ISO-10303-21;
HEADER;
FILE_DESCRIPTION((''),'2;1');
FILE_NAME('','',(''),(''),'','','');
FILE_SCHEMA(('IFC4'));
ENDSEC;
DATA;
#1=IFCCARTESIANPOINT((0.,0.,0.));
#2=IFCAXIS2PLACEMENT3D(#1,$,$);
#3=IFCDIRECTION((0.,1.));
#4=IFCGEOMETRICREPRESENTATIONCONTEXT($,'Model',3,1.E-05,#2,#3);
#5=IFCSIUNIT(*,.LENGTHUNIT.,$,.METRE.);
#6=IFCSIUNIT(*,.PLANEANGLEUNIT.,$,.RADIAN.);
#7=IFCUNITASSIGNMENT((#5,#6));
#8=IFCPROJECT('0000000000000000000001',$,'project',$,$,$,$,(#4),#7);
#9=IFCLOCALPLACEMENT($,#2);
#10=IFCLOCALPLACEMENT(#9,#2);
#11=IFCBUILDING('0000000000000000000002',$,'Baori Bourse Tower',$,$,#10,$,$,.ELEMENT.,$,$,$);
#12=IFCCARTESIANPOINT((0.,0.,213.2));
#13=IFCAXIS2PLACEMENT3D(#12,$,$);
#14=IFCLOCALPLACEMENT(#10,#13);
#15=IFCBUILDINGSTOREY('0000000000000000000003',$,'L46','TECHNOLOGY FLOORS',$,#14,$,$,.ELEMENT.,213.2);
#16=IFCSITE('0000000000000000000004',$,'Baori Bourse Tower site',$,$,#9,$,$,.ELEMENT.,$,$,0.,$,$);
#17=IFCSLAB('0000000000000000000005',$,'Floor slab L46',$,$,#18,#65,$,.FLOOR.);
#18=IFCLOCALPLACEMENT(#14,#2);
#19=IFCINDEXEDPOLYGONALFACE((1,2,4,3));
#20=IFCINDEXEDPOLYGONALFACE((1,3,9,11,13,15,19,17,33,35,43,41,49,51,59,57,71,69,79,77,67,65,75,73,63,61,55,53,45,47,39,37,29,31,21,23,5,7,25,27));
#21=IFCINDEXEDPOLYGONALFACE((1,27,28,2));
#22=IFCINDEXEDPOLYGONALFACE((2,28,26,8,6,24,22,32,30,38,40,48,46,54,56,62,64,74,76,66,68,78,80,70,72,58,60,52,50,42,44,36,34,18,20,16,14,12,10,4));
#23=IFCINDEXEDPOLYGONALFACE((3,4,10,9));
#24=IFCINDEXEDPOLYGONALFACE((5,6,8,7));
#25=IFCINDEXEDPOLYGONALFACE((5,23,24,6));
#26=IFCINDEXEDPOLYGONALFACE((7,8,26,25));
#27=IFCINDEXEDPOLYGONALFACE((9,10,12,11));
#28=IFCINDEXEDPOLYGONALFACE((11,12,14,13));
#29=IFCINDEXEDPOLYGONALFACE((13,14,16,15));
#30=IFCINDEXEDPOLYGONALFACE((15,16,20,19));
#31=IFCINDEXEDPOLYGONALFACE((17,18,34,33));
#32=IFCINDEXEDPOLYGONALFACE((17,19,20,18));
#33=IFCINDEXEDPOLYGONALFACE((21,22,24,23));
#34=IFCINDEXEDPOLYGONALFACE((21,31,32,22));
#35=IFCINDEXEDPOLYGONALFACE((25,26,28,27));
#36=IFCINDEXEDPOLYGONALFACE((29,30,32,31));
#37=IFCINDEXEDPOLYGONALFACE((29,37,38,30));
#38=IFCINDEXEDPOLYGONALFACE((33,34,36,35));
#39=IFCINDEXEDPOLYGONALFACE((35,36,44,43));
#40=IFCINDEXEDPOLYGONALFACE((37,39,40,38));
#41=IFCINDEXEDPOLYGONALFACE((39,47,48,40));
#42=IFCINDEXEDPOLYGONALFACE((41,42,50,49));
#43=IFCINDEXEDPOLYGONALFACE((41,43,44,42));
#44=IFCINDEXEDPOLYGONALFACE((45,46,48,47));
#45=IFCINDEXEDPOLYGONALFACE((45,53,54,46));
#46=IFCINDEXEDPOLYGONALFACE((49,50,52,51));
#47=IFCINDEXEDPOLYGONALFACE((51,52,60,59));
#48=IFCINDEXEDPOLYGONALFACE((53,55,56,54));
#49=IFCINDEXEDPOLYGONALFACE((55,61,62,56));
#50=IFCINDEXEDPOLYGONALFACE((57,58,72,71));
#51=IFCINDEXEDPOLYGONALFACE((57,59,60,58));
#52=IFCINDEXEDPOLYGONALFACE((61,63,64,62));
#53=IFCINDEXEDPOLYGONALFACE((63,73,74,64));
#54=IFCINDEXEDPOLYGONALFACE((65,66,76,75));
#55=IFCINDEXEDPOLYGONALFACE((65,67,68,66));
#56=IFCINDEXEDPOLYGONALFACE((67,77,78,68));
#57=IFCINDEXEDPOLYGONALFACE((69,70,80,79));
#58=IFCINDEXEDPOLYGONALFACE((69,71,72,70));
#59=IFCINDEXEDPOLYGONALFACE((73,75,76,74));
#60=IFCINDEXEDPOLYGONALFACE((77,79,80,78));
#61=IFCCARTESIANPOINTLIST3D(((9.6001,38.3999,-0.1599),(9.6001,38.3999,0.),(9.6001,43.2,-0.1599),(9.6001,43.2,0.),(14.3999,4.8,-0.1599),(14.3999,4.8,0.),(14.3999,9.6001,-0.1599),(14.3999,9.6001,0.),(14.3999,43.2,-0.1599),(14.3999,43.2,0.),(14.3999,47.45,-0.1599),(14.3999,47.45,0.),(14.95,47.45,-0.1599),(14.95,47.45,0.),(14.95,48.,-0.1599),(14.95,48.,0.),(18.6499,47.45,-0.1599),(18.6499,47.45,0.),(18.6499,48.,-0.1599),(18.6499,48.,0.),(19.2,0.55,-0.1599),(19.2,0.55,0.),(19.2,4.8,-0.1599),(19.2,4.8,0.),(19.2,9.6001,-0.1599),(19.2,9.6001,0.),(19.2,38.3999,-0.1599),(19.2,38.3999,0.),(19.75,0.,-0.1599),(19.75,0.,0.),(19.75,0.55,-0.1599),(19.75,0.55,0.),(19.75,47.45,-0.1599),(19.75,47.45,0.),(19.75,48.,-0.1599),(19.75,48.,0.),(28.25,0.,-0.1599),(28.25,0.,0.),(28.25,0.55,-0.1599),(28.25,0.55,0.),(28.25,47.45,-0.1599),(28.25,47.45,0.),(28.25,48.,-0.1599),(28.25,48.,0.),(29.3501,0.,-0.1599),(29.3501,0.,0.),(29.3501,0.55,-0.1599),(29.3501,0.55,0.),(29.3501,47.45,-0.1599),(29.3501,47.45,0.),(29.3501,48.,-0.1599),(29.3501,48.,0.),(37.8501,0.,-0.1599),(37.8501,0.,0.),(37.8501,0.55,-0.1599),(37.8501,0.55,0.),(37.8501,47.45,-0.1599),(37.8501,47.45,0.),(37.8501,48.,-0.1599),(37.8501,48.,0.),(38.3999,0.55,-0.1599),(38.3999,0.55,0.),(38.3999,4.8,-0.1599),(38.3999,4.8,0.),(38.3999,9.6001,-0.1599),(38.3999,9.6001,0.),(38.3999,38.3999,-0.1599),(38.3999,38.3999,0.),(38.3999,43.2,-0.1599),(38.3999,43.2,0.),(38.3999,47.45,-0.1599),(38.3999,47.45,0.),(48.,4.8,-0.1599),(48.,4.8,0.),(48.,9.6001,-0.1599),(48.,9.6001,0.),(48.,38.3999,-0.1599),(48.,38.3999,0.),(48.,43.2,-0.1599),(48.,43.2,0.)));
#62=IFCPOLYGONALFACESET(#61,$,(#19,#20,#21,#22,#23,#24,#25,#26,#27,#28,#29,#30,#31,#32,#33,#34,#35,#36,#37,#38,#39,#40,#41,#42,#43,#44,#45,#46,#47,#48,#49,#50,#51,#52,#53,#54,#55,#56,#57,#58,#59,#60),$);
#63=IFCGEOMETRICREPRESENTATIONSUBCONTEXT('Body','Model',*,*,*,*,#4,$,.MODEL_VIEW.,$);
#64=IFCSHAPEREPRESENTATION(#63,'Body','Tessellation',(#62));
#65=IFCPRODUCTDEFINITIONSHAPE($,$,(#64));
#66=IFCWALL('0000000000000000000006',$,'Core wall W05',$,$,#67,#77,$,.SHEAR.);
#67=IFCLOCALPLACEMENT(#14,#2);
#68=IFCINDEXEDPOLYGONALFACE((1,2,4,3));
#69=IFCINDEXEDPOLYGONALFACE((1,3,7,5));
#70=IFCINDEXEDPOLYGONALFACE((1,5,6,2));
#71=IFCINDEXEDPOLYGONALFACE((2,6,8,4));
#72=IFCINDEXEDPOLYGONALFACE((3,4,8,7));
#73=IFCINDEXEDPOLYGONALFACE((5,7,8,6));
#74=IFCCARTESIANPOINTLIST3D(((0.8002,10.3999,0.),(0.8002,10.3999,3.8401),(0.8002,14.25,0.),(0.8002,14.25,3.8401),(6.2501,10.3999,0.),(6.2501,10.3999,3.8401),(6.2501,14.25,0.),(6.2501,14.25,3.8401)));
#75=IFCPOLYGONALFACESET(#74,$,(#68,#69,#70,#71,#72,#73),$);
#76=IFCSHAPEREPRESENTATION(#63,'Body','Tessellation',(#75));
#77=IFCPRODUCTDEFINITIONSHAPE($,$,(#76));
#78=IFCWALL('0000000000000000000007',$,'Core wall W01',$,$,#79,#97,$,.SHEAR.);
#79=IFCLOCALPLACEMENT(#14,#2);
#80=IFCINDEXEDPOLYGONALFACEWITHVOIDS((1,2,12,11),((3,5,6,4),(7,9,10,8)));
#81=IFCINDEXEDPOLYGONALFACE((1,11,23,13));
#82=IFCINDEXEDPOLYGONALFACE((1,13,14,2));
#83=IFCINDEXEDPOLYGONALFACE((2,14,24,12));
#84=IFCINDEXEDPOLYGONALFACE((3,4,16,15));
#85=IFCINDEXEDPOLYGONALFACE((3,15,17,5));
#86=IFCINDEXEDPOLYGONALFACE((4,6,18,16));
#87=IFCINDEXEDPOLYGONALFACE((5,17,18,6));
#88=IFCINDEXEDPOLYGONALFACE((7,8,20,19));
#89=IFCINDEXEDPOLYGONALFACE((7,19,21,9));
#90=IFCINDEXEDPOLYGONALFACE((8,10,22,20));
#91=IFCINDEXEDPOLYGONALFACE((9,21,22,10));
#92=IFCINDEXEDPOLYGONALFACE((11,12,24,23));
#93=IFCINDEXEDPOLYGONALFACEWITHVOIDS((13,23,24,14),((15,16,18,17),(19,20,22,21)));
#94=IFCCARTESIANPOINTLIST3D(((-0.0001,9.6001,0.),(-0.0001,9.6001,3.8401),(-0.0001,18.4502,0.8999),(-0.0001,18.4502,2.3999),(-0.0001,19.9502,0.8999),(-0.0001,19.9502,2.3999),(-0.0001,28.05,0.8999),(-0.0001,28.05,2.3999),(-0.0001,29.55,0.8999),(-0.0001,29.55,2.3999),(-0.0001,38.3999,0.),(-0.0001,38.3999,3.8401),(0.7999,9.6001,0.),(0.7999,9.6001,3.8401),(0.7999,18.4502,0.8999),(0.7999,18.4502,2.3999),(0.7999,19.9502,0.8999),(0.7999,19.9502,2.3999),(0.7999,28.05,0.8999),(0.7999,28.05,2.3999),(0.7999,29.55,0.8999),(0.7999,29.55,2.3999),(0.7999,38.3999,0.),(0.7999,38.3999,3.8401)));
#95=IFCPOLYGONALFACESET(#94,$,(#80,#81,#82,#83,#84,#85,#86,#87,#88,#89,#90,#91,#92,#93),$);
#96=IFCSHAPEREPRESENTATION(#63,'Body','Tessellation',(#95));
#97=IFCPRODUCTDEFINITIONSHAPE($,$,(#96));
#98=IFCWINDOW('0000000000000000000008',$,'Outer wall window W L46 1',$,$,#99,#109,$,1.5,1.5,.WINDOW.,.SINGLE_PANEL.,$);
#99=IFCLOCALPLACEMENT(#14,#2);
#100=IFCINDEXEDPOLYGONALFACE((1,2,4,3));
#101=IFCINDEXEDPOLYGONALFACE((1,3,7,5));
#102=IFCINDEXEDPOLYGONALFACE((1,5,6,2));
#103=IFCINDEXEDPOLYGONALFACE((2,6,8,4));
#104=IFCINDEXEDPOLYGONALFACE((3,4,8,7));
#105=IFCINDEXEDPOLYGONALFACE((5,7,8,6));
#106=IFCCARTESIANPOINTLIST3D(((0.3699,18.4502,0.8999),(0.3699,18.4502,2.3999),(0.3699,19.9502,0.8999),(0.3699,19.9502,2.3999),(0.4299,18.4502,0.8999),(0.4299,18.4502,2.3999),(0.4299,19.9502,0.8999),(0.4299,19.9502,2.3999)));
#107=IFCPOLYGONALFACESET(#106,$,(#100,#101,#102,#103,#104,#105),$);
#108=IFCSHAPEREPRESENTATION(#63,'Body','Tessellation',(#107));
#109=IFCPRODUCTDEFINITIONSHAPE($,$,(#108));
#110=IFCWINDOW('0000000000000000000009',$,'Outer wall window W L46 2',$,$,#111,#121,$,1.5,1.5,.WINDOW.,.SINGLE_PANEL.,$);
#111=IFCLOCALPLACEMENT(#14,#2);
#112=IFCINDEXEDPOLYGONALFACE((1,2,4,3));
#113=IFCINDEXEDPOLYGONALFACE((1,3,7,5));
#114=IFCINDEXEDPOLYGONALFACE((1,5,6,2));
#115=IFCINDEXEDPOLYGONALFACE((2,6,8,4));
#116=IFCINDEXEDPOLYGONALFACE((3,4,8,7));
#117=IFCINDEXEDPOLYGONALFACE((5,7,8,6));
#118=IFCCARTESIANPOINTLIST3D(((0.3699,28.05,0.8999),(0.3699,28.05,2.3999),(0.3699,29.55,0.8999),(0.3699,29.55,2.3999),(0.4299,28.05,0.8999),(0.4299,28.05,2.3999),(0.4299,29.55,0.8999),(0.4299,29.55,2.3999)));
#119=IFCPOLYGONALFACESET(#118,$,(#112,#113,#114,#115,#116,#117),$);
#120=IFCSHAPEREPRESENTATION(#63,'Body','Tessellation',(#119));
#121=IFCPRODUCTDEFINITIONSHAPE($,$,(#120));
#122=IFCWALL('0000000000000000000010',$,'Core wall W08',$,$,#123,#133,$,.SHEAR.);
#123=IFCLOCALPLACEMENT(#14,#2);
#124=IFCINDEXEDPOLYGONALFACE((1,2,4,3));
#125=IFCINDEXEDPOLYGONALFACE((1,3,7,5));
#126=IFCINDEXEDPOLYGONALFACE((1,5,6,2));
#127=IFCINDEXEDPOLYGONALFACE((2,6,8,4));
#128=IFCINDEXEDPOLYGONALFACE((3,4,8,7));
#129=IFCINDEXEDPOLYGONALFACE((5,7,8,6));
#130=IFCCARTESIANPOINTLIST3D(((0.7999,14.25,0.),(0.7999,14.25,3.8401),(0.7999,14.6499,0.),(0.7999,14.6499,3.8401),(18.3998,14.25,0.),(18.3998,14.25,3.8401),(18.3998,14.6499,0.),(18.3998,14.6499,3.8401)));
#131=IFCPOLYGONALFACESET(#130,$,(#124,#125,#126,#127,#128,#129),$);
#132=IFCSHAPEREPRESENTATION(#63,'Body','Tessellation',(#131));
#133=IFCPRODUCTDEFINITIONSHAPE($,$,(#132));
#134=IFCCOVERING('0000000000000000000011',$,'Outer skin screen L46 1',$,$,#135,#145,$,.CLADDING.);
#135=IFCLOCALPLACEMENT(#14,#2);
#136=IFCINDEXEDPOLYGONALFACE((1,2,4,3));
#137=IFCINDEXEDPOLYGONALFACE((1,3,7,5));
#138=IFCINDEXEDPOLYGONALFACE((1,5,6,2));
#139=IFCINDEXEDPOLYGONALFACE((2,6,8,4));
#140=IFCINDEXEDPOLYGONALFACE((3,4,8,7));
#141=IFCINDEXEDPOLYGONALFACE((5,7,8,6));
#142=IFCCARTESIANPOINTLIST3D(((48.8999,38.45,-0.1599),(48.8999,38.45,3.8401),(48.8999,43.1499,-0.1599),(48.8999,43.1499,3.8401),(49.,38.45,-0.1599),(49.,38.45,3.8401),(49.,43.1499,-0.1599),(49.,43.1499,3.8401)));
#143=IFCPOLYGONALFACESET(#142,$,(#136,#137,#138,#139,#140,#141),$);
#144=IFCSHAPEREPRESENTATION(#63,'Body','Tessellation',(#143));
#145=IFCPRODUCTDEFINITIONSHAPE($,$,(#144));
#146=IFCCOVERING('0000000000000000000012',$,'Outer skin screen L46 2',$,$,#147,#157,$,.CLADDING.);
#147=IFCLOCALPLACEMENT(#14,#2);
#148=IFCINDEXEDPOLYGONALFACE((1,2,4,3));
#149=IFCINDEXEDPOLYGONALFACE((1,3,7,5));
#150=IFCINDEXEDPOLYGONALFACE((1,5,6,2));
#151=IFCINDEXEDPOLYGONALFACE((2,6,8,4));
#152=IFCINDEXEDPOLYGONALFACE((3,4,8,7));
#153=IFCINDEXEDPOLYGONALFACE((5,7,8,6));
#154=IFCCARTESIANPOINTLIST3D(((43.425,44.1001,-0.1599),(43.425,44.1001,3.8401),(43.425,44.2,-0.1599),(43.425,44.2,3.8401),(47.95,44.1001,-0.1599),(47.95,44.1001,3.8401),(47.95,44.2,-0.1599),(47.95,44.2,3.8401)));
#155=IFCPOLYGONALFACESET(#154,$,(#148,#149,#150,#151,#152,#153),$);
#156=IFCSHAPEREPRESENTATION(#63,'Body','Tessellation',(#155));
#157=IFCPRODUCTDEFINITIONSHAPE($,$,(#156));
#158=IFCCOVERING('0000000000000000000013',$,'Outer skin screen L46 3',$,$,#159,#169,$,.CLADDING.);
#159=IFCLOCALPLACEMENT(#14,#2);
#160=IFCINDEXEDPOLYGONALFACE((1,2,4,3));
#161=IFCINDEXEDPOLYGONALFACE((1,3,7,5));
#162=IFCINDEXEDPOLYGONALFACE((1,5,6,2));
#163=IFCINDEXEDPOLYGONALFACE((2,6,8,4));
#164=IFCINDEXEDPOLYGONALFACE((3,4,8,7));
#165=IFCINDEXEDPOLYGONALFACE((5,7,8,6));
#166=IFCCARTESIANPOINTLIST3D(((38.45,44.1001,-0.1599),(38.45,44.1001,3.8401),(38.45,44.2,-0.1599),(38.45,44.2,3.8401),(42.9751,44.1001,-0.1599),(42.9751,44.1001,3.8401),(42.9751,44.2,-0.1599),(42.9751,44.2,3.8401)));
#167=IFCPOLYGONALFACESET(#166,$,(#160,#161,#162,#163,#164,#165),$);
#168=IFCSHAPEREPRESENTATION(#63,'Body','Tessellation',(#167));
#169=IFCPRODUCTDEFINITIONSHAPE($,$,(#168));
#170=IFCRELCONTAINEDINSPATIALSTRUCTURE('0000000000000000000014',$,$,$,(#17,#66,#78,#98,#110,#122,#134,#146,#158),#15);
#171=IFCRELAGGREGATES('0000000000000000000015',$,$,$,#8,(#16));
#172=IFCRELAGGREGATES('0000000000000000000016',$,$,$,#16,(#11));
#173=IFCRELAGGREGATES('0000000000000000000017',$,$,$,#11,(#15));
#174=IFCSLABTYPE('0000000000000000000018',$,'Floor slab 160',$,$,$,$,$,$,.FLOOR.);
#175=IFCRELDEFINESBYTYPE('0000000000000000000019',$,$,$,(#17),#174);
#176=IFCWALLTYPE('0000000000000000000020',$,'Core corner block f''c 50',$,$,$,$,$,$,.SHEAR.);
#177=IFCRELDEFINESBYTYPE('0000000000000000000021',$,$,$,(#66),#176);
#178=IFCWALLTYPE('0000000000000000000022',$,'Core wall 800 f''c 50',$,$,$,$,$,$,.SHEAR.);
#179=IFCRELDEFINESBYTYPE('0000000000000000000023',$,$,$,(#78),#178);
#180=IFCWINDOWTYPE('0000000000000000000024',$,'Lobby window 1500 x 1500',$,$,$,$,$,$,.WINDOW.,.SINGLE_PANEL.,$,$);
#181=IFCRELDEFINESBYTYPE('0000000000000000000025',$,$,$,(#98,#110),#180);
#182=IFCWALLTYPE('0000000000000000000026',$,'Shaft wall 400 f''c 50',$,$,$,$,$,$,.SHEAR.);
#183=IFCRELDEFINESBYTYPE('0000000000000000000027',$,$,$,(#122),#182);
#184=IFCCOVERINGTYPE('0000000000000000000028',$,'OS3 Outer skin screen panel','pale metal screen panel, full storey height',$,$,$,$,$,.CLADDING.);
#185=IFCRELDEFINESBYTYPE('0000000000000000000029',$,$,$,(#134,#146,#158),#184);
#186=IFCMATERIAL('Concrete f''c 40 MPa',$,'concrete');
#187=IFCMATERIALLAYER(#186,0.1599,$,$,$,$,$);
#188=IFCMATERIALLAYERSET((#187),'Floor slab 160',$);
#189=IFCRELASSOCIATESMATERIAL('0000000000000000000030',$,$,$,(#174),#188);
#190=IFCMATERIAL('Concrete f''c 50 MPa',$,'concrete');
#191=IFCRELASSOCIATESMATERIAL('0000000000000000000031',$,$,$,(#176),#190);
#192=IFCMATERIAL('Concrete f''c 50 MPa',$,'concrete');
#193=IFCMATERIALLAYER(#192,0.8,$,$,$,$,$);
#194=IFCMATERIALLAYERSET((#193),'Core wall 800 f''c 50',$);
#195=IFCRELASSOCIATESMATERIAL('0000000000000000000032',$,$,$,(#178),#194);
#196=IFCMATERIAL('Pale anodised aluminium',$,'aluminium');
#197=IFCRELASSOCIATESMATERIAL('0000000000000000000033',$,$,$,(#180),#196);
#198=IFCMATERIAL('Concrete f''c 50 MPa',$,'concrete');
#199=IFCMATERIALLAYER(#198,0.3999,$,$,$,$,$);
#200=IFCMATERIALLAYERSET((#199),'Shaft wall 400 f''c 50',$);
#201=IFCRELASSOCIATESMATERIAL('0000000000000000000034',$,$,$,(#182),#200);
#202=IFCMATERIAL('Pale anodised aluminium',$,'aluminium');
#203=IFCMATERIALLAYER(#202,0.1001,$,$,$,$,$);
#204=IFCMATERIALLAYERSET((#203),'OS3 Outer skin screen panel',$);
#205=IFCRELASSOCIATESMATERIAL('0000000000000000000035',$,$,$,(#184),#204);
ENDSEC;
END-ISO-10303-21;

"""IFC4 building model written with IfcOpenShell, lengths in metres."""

from ifc_helpers import new_model, si_unit, direction, frame, frame_2d, origin, place, context, subcontext, project, spatial, polyline, rectangle, outline, extrude, material, layer, layer_set, type_object, element, fill, save


model = new_model("IFC4")

# Units and contexts
model_context = context("Model", 3, precision=1e-05, world=origin(), true_north=direction((0.0, 1.0)))
body_context = subcontext(model_context, "Body", "Model", "MODEL_VIEW")
ifc_project = project(units=[si_unit("LENGTHUNIT", "METRE"), si_unit("PLANEANGLEUNIT", "RADIAN")], contexts=[model_context])

# Site, building, storey
site_placement = place(None, origin())
site = spatial("IfcSite", under=ifc_project, at=site_placement, Name="Baori Bourse Tower site", CompositionType="ELEMENT", RefElevation=0.0)
building_placement = place(site_placement, origin())
building = spatial("IfcBuilding", under=site, at=building_placement, Name="Baori Bourse Tower", CompositionType="ELEMENT")
storey_placement = place(building_placement, frame((0.0, 0.0, 213.2)))
storey = spatial("IfcBuildingStorey", under=building, at=storey_placement, Name="L46", Description="TECHNOLOGY FLOORS", CompositionType="ELEMENT", Elevation=213.2)

# Slab
ifc_material_1 = material(Name="Concrete f'c 40 MPa", Category="concrete")
ifc_layer_1 = layer(ifc_material_1, 0.1599)
ifc_layer_set_1 = layer_set([ifc_layer_1], Name="Floor slab 160")
slab_type_1 = type_object("IfcSlabType", Name="Floor slab 160", PredefinedType="FLOOR", material=ifc_layer_set_1)
slab_1_placement = place(storey_placement, frame((0.0, 0.0, -0.1599)))
element("IfcSlab", 1, at=slab_1_placement, inside=storey, type_object=slab_type_1, Name="Floor slab L46", PredefinedType="FLOOR", context=body_context, shape_type="SweptSolid", body=[
    extrude(outline(polyline([(19.2, 4.8), (14.3999, 4.8), (14.3999, 9.6001), (19.2, 9.6001), (19.2, 38.3999), (9.6001, 38.3999), (9.6001, 43.2), (14.3999, 43.2), (14.3999, 47.45), (14.95, 47.45), (14.95, 48.0), (18.6499, 48.0), (18.6499, 47.45), (19.75, 47.45), (19.75, 48.0), (28.25, 48.0), (28.25, 47.45), (29.3501, 47.45), (29.3501, 48.0), (37.8501, 48.0), (37.8501, 47.45), (38.3999, 47.45), (38.3999, 43.2), (48.0, 43.2), (48.0, 38.3999), (38.3999, 38.3999), (38.3999, 9.6001), (48.0, 9.6001), (48.0, 4.8), (38.3999, 4.8), (38.3999, 0.55), (37.8501, 0.55), (37.8501, 0.0), (29.3501, 0.0), (29.3501, 0.55), (28.25, 0.55), (28.25, 0.0), (19.75, 0.0), (19.75, 0.55), (19.2, 0.55), (19.2, 4.8)])), origin(), (0.0, 0.0, 1.0), 0.1599),
])

# Wall
ifc_material_2 = material(Name="Concrete f'c 50 MPa", Category="concrete")
wall_type_1 = type_object("IfcWallType", Name="Core corner block f'c 50", PredefinedType="SHEAR", material=ifc_material_2)
wall_1_placement = place(storey_placement, frame((0.8, 12.325, 0.0), z_axis=(0.0, 0.0, 1.0), x_axis=(1.0, 0.0, 0.0)))
element("IfcWall", 2, at=wall_1_placement, inside=storey, type_object=wall_type_1, Name="Core wall W05", PredefinedType="SHEAR", context=body_context, shape_type="SweptSolid", body=[
    extrude(rectangle(XDim=5.45, YDim=3.8501, at=frame_2d((2.7251, 0.0))), origin(), (0.0, 0.0, 1.0), 3.8401),
])

# Wall, openings, windows
ifc_material_3 = material(Name="Concrete f'c 50 MPa", Category="concrete")
ifc_layer_2 = layer(ifc_material_3, 0.8)
ifc_layer_set_2 = layer_set([ifc_layer_2], Name="Core wall 800 f'c 50")
wall_type_2 = type_object("IfcWallType", Name="Core wall 800 f'c 50", PredefinedType="SHEAR", material=ifc_layer_set_2)
wall_2_placement = place(storey_placement, frame((0.3999, 9.6001, 0.0), z_axis=(0.0, 0.0, 1.0), x_axis=(0.0, 1.0, 0.0)))
wall_2 = element("IfcWall", 3, at=wall_2_placement, inside=storey, type_object=wall_type_2, Name="Core wall W01", PredefinedType="SHEAR", context=body_context, shape_type="SweptSolid", body=[
    extrude(rectangle(XDim=28.7998, YDim=0.8, at=frame_2d((14.3999, 0.0))), origin(), (0.0, 0.0, 1.0), 3.8401),
])
opening_1_placement = place(wall_2_placement, frame((8.8501, 0.0, 0.8999)))
opening_1 = element("IfcOpeningElement", 4, at=opening_1_placement, cuts=wall_2, PredefinedType="OPENING", context=body_context, shape_type="SweptSolid", body=[
    extrude(rectangle(XDim=1.5, YDim=1.5, at=frame_2d((0.75, 0.75))), frame((0.0, 0.4099, 0.0), z_axis=(0.0, -1.0, 0.0), x_axis=(1.0, 0.0, 0.0)), (0.0, 0.0, 1.0), 0.8201),
])
opening_2_placement = place(wall_2_placement, frame((18.45, 0.0, 0.8999)))
opening_2 = element("IfcOpeningElement", 5, at=opening_2_placement, cuts=wall_2, PredefinedType="OPENING", context=body_context, shape_type="SweptSolid", body=[
    extrude(rectangle(XDim=1.5, YDim=1.5, at=frame_2d((0.75, 0.75))), frame((0.0, 0.4099, 0.0), z_axis=(0.0, -1.0, 0.0), x_axis=(1.0, 0.0, 0.0)), (0.0, 0.0, 1.0), 0.8201),
])
ifc_material_4 = material(Name="Pale anodised aluminium", Category="aluminium")
window_type = type_object("IfcWindowType", Name="Lobby window 1500 x 1500", PartitioningType="SINGLE_PANEL", PredefinedType="WINDOW", material=ifc_material_4)
window_1_placement = place(opening_1_placement, origin())
window_1 = element("IfcWindow", 6, at=window_1_placement, inside=storey, type_object=window_type, Name="Outer wall window W L46 1", OverallHeight=1.5, OverallWidth=1.5, PartitioningType="SINGLE_PANEL", PredefinedType="WINDOW", context=body_context, shape_type="SweptSolid", body=[
    extrude(rectangle(XDim=1.5, YDim=1.5, at=frame_2d((0.75, 0.75))), frame((0.0, 0.03, 0.0), z_axis=(0.0, -1.0, 0.0), x_axis=(1.0, 0.0, 0.0)), (0.0, 0.0, 1.0), 0.0601),
])
fill(opening_1, window_1)
window_2_placement = place(opening_2_placement, origin())
window_2 = element("IfcWindow", 7, at=window_2_placement, inside=storey, type_object=window_type, Name="Outer wall window W L46 2", OverallHeight=1.5, OverallWidth=1.5, PartitioningType="SINGLE_PANEL", PredefinedType="WINDOW", context=body_context, shape_type="SweptSolid", body=[
    extrude(rectangle(XDim=1.5, YDim=1.5, at=frame_2d((0.75, 0.75))), frame((0.0, 0.03, 0.0), z_axis=(0.0, -1.0, 0.0), x_axis=(1.0, 0.0, 0.0)), (0.0, 0.0, 1.0), 0.0601),
])
fill(opening_2, window_2)

# Wall
ifc_material_5 = material(Name="Concrete f'c 50 MPa", Category="concrete")
ifc_layer_3 = layer(ifc_material_5, 0.3999)
ifc_layer_set_3 = layer_set([ifc_layer_3], Name="Shaft wall 400 f'c 50")
wall_type_3 = type_object("IfcWallType", Name="Shaft wall 400 f'c 50", PredefinedType="SHEAR", material=ifc_layer_set_3)
wall_3_placement = place(storey_placement, frame((0.8, 14.45, 0.0), z_axis=(0.0, 0.0, 1.0), x_axis=(1.0, 0.0, 0.0)))
element("IfcWall", 8, at=wall_3_placement, inside=storey, type_object=wall_type_3, Name="Core wall W08", PredefinedType="SHEAR", context=body_context, shape_type="SweptSolid", body=[
    extrude(rectangle(XDim=17.5999, YDim=0.3999, at=frame_2d((8.7998, 0.0))), origin(), (0.0, 0.0, 1.0), 3.8401),
])

# Coverings
ifc_material_6 = material(Name="Pale anodised aluminium", Category="aluminium")
ifc_layer_4 = layer(ifc_material_6, 0.1001)
ifc_layer_set_4 = layer_set([ifc_layer_4], Name="OS3 Outer skin screen panel")
covering_type = type_object("IfcCoveringType", Name="OS3 Outer skin screen panel", Description="pale metal screen panel, full storey height", PredefinedType="CLADDING", material=ifc_layer_set_4)
covering_1_placement = place(storey_placement, frame((0.0, 0.0, -0.1599)))
element("IfcCovering", 9, at=covering_1_placement, inside=storey, type_object=covering_type, Name="Outer skin screen L46 1", PredefinedType="CLADDING", context=body_context, shape_type="SweptSolid", body=[
    extrude(outline(polyline([(48.8999, 43.1499), (48.8999, 38.45), (49.0, 38.45), (49.0, 43.1499), (48.8999, 43.1499)])), origin(), (0.0, 0.0, 1.0), 4.0),
])
covering_2_placement = place(storey_placement, frame((0.0, 0.0, -0.1599)))
element("IfcCovering", 10, at=covering_2_placement, inside=storey, type_object=covering_type, Name="Outer skin screen L46 2", PredefinedType="CLADDING", context=body_context, shape_type="SweptSolid", body=[
    extrude(outline(polyline([(43.425, 44.1001), (47.95, 44.1001), (47.95, 44.2), (43.425, 44.2), (43.425, 44.1001)])), origin(), (0.0, 0.0, 1.0), 4.0),
])
covering_3_placement = place(storey_placement, frame((0.0, 0.0, -0.1599)))
element("IfcCovering", 11, at=covering_3_placement, inside=storey, type_object=covering_type, Name="Outer skin screen L46 3", PredefinedType="CLADDING", context=body_context, shape_type="SweptSolid", body=[
    extrude(outline(polyline([(38.45, 44.1001), (42.9751, 44.1001), (42.9751, 44.2), (38.45, 44.2), (38.45, 44.1001)])), origin(), (0.0, 0.0, 1.0), 4.0),
])

save(model, "model.ifc")
